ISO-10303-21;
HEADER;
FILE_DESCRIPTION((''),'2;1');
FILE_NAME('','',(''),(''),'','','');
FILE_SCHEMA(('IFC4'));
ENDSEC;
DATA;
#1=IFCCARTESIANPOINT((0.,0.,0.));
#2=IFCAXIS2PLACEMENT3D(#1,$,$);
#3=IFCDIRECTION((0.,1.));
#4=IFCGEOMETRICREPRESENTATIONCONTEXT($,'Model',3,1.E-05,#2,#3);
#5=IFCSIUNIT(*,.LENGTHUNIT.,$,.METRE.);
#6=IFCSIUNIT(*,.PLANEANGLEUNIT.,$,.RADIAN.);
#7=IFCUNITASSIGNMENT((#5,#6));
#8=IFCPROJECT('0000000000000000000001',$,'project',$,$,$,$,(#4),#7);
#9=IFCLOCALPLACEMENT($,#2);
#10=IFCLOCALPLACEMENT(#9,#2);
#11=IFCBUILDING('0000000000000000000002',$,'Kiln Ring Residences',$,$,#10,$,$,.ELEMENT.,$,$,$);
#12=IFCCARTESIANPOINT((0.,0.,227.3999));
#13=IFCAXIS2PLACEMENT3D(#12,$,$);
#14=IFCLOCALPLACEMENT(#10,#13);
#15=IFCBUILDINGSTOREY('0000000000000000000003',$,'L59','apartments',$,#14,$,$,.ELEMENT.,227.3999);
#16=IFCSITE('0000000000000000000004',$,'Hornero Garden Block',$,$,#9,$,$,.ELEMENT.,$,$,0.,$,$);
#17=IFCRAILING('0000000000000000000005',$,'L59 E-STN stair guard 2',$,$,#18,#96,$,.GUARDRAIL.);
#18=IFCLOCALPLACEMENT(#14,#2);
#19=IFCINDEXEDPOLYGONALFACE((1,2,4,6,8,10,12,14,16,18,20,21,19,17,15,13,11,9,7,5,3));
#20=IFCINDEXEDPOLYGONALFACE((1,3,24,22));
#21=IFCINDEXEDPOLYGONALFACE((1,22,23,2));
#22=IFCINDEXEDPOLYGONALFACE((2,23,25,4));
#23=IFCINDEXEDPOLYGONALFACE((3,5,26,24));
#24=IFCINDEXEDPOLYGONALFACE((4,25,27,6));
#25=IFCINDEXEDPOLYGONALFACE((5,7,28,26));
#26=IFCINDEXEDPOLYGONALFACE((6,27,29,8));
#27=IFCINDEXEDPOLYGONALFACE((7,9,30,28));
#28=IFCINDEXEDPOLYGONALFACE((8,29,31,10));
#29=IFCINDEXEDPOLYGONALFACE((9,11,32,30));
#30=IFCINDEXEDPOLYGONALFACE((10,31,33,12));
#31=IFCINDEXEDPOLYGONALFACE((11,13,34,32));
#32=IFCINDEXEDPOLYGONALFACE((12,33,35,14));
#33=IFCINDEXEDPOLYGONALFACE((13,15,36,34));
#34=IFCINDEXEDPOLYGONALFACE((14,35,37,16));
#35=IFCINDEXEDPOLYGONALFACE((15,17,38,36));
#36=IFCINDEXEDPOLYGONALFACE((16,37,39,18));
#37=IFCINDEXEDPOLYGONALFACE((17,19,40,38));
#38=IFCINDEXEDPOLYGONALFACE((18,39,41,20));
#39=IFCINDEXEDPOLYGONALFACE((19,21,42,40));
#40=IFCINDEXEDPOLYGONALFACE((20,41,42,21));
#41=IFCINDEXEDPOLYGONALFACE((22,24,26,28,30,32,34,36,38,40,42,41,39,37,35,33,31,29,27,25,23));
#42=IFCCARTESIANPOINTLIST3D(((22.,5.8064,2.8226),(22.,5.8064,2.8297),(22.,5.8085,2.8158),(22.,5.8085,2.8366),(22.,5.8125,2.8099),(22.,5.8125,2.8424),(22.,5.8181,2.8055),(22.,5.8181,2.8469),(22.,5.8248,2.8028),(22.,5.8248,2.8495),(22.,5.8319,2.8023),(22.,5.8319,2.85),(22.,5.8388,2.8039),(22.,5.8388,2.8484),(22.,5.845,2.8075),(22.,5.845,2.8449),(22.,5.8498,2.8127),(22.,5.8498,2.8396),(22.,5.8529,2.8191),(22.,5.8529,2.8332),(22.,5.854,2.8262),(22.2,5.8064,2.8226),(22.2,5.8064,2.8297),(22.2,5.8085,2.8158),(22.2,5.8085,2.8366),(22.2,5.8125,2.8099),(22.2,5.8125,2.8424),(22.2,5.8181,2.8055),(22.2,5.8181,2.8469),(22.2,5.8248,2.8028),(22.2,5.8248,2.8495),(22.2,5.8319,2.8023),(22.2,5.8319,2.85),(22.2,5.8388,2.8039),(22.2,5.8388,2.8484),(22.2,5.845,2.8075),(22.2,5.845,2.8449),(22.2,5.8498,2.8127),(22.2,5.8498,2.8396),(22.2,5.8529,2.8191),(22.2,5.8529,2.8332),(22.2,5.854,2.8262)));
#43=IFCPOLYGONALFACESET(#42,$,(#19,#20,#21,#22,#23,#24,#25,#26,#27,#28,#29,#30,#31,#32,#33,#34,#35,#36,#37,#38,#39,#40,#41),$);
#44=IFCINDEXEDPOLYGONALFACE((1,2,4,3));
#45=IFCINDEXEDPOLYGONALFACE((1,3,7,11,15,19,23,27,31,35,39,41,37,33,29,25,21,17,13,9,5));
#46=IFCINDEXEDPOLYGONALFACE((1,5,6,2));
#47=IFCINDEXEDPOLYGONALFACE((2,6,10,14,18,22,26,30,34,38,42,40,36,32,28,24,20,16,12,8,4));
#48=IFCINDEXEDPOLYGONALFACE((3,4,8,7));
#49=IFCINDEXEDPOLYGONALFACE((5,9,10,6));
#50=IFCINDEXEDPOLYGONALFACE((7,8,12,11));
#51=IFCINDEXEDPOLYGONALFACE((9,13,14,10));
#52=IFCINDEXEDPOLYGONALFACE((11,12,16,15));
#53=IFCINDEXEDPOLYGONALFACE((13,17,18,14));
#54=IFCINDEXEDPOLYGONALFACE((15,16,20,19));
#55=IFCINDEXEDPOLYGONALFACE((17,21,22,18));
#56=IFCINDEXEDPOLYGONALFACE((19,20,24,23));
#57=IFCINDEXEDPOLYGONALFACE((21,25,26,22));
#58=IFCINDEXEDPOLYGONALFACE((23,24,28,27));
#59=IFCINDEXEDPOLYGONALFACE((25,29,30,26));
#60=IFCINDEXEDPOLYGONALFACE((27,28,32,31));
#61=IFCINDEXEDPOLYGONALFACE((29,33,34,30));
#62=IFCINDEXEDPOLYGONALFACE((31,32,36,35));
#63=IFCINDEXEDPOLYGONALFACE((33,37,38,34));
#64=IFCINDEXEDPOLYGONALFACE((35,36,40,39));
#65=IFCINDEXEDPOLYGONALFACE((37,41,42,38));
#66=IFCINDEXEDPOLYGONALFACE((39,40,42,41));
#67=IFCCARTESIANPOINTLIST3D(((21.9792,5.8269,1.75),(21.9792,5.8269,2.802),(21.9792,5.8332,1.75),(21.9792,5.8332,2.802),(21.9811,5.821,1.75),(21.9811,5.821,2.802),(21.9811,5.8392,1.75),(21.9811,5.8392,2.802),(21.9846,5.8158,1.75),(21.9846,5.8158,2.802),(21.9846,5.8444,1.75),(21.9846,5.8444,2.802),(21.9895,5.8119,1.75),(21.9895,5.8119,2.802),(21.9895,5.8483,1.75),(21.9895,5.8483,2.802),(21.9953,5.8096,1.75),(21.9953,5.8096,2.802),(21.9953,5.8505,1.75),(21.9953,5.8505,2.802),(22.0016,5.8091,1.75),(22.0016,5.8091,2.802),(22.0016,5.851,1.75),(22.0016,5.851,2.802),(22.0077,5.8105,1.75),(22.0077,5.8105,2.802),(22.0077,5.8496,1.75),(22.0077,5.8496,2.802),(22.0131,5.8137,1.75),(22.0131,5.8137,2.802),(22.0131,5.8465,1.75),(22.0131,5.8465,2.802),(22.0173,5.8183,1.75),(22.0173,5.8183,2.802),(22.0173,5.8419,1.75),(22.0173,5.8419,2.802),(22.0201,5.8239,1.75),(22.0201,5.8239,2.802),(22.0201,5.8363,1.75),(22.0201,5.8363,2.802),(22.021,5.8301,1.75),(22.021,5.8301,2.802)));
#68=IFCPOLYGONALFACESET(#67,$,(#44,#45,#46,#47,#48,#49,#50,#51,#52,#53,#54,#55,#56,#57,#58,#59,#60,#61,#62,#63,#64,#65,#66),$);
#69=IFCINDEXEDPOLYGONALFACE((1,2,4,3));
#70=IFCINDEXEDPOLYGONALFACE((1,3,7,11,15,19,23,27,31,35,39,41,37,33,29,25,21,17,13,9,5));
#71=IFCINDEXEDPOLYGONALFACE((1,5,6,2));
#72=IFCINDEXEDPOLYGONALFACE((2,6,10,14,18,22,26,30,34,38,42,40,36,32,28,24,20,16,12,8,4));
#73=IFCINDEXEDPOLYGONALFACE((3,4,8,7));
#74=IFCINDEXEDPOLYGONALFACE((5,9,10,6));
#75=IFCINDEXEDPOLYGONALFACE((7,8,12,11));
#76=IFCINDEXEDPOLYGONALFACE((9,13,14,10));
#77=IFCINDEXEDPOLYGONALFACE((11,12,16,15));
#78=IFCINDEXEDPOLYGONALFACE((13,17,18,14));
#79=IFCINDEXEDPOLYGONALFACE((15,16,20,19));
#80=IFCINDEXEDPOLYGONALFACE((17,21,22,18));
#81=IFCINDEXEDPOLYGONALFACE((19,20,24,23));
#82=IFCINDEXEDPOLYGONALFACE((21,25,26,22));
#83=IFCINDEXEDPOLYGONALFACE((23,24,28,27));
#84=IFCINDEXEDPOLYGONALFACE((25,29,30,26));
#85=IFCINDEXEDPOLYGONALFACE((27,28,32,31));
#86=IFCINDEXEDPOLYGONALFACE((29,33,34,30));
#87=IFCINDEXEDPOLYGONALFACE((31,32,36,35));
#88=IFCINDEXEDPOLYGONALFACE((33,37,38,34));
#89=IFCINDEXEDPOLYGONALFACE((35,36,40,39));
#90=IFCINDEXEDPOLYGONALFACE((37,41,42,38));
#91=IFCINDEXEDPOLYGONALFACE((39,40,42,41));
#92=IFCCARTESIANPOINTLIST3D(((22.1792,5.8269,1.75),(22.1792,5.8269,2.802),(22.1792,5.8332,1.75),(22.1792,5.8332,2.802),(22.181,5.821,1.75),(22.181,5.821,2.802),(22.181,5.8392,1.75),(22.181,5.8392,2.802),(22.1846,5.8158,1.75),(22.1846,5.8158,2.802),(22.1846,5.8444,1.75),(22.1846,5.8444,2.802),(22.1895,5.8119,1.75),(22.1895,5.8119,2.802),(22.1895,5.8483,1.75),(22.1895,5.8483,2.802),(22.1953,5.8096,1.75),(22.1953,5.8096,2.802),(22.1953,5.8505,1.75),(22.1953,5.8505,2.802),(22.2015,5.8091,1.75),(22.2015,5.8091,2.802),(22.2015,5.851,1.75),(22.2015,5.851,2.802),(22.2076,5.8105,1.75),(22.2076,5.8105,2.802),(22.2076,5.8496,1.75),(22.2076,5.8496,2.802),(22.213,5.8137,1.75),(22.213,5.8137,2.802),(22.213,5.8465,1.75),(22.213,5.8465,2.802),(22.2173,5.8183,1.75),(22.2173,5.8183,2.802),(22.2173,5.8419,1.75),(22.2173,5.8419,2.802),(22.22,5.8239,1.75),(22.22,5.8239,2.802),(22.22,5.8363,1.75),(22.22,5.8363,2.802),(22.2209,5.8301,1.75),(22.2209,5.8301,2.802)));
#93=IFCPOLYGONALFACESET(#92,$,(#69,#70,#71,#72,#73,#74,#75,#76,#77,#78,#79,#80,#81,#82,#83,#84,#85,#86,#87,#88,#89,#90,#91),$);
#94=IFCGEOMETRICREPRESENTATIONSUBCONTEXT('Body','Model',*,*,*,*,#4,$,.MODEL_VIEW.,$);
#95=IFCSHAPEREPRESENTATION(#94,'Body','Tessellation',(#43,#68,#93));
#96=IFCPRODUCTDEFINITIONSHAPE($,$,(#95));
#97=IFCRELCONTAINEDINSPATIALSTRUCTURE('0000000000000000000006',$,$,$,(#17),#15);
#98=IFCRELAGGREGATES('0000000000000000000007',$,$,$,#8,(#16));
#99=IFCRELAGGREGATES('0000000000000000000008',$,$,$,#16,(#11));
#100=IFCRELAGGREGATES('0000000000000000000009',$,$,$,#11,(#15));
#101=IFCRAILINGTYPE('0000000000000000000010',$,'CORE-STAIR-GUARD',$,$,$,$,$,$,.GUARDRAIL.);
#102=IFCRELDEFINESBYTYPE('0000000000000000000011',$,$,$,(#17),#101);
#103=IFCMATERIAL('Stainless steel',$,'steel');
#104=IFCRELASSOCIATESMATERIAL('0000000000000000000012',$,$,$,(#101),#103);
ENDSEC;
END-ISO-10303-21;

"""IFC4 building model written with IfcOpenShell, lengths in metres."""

from ifc_helpers import new_model, si_unit, direction, frame, origin, origin_2d, place, context, subcontext, project, spatial, circle, extrude, material, type_object, element, save


model = new_model("IFC4")

# Units and contexts
model_context = context("Model", 3, precision=1e-05, world=origin(), true_north=direction((0.0, 1.0)))
body_context = subcontext(model_context, "Body", "Model", "MODEL_VIEW")
ifc_project = project(units=[si_unit("LENGTHUNIT", "METRE"), si_unit("PLANEANGLEUNIT", "RADIAN")], contexts=[model_context])

# Site, building, storey
site_placement = place(None, origin())
site = spatial("IfcSite", under=ifc_project, at=site_placement, Name="Hornero Garden Block", CompositionType="ELEMENT", RefElevation=0.0)
building_placement = place(site_placement, origin())
building = spatial("IfcBuilding", under=site, at=building_placement, Name="Kiln Ring Residences", CompositionType="ELEMENT")
storey_placement = place(building_placement, frame((0.0, 0.0, 227.3999)))
storey = spatial("IfcBuildingStorey", under=building, at=storey_placement, Name="L59", Description="apartments", CompositionType="ELEMENT", Elevation=227.3999)

# Railing
ifc_material_1 = material(Name="Stainless steel", Category="steel")
railing_type_1 = type_object("IfcRailingType", Name="CORE-STAIR-GUARD", PredefinedType="GUARDRAIL", material=ifc_material_1)
railing_1_placement = place(storey_placement, frame((22.0, 5.8301, 1.75)))
element("IfcRailing", 1, at=railing_1_placement, inside=storey, type_object=railing_type_1, Name="L59 E-STN stair guard 2", PredefinedType="GUARDRAIL", context=body_context, shape_type="SweptSolid", body=[
    extrude(circle(Radius=0.0239, at=origin_2d()), frame((0.0, 0.0, 1.0762), z_axis=(1.0, 0.0, 0.0), x_axis=(0.0, 1.0, 0.0)), (0.0, 0.0, 1.0), 0.2),
    extrude(circle(Radius=0.021, at=origin_2d()), origin(), (0.0, 0.0, 1.0), 1.052),
    extrude(circle(Radius=0.021, at=origin_2d()), frame((0.2, 0.0, 0.0)), (0.0, 0.0, 1.0), 1.052),
])

save(model, "model.ifc")
